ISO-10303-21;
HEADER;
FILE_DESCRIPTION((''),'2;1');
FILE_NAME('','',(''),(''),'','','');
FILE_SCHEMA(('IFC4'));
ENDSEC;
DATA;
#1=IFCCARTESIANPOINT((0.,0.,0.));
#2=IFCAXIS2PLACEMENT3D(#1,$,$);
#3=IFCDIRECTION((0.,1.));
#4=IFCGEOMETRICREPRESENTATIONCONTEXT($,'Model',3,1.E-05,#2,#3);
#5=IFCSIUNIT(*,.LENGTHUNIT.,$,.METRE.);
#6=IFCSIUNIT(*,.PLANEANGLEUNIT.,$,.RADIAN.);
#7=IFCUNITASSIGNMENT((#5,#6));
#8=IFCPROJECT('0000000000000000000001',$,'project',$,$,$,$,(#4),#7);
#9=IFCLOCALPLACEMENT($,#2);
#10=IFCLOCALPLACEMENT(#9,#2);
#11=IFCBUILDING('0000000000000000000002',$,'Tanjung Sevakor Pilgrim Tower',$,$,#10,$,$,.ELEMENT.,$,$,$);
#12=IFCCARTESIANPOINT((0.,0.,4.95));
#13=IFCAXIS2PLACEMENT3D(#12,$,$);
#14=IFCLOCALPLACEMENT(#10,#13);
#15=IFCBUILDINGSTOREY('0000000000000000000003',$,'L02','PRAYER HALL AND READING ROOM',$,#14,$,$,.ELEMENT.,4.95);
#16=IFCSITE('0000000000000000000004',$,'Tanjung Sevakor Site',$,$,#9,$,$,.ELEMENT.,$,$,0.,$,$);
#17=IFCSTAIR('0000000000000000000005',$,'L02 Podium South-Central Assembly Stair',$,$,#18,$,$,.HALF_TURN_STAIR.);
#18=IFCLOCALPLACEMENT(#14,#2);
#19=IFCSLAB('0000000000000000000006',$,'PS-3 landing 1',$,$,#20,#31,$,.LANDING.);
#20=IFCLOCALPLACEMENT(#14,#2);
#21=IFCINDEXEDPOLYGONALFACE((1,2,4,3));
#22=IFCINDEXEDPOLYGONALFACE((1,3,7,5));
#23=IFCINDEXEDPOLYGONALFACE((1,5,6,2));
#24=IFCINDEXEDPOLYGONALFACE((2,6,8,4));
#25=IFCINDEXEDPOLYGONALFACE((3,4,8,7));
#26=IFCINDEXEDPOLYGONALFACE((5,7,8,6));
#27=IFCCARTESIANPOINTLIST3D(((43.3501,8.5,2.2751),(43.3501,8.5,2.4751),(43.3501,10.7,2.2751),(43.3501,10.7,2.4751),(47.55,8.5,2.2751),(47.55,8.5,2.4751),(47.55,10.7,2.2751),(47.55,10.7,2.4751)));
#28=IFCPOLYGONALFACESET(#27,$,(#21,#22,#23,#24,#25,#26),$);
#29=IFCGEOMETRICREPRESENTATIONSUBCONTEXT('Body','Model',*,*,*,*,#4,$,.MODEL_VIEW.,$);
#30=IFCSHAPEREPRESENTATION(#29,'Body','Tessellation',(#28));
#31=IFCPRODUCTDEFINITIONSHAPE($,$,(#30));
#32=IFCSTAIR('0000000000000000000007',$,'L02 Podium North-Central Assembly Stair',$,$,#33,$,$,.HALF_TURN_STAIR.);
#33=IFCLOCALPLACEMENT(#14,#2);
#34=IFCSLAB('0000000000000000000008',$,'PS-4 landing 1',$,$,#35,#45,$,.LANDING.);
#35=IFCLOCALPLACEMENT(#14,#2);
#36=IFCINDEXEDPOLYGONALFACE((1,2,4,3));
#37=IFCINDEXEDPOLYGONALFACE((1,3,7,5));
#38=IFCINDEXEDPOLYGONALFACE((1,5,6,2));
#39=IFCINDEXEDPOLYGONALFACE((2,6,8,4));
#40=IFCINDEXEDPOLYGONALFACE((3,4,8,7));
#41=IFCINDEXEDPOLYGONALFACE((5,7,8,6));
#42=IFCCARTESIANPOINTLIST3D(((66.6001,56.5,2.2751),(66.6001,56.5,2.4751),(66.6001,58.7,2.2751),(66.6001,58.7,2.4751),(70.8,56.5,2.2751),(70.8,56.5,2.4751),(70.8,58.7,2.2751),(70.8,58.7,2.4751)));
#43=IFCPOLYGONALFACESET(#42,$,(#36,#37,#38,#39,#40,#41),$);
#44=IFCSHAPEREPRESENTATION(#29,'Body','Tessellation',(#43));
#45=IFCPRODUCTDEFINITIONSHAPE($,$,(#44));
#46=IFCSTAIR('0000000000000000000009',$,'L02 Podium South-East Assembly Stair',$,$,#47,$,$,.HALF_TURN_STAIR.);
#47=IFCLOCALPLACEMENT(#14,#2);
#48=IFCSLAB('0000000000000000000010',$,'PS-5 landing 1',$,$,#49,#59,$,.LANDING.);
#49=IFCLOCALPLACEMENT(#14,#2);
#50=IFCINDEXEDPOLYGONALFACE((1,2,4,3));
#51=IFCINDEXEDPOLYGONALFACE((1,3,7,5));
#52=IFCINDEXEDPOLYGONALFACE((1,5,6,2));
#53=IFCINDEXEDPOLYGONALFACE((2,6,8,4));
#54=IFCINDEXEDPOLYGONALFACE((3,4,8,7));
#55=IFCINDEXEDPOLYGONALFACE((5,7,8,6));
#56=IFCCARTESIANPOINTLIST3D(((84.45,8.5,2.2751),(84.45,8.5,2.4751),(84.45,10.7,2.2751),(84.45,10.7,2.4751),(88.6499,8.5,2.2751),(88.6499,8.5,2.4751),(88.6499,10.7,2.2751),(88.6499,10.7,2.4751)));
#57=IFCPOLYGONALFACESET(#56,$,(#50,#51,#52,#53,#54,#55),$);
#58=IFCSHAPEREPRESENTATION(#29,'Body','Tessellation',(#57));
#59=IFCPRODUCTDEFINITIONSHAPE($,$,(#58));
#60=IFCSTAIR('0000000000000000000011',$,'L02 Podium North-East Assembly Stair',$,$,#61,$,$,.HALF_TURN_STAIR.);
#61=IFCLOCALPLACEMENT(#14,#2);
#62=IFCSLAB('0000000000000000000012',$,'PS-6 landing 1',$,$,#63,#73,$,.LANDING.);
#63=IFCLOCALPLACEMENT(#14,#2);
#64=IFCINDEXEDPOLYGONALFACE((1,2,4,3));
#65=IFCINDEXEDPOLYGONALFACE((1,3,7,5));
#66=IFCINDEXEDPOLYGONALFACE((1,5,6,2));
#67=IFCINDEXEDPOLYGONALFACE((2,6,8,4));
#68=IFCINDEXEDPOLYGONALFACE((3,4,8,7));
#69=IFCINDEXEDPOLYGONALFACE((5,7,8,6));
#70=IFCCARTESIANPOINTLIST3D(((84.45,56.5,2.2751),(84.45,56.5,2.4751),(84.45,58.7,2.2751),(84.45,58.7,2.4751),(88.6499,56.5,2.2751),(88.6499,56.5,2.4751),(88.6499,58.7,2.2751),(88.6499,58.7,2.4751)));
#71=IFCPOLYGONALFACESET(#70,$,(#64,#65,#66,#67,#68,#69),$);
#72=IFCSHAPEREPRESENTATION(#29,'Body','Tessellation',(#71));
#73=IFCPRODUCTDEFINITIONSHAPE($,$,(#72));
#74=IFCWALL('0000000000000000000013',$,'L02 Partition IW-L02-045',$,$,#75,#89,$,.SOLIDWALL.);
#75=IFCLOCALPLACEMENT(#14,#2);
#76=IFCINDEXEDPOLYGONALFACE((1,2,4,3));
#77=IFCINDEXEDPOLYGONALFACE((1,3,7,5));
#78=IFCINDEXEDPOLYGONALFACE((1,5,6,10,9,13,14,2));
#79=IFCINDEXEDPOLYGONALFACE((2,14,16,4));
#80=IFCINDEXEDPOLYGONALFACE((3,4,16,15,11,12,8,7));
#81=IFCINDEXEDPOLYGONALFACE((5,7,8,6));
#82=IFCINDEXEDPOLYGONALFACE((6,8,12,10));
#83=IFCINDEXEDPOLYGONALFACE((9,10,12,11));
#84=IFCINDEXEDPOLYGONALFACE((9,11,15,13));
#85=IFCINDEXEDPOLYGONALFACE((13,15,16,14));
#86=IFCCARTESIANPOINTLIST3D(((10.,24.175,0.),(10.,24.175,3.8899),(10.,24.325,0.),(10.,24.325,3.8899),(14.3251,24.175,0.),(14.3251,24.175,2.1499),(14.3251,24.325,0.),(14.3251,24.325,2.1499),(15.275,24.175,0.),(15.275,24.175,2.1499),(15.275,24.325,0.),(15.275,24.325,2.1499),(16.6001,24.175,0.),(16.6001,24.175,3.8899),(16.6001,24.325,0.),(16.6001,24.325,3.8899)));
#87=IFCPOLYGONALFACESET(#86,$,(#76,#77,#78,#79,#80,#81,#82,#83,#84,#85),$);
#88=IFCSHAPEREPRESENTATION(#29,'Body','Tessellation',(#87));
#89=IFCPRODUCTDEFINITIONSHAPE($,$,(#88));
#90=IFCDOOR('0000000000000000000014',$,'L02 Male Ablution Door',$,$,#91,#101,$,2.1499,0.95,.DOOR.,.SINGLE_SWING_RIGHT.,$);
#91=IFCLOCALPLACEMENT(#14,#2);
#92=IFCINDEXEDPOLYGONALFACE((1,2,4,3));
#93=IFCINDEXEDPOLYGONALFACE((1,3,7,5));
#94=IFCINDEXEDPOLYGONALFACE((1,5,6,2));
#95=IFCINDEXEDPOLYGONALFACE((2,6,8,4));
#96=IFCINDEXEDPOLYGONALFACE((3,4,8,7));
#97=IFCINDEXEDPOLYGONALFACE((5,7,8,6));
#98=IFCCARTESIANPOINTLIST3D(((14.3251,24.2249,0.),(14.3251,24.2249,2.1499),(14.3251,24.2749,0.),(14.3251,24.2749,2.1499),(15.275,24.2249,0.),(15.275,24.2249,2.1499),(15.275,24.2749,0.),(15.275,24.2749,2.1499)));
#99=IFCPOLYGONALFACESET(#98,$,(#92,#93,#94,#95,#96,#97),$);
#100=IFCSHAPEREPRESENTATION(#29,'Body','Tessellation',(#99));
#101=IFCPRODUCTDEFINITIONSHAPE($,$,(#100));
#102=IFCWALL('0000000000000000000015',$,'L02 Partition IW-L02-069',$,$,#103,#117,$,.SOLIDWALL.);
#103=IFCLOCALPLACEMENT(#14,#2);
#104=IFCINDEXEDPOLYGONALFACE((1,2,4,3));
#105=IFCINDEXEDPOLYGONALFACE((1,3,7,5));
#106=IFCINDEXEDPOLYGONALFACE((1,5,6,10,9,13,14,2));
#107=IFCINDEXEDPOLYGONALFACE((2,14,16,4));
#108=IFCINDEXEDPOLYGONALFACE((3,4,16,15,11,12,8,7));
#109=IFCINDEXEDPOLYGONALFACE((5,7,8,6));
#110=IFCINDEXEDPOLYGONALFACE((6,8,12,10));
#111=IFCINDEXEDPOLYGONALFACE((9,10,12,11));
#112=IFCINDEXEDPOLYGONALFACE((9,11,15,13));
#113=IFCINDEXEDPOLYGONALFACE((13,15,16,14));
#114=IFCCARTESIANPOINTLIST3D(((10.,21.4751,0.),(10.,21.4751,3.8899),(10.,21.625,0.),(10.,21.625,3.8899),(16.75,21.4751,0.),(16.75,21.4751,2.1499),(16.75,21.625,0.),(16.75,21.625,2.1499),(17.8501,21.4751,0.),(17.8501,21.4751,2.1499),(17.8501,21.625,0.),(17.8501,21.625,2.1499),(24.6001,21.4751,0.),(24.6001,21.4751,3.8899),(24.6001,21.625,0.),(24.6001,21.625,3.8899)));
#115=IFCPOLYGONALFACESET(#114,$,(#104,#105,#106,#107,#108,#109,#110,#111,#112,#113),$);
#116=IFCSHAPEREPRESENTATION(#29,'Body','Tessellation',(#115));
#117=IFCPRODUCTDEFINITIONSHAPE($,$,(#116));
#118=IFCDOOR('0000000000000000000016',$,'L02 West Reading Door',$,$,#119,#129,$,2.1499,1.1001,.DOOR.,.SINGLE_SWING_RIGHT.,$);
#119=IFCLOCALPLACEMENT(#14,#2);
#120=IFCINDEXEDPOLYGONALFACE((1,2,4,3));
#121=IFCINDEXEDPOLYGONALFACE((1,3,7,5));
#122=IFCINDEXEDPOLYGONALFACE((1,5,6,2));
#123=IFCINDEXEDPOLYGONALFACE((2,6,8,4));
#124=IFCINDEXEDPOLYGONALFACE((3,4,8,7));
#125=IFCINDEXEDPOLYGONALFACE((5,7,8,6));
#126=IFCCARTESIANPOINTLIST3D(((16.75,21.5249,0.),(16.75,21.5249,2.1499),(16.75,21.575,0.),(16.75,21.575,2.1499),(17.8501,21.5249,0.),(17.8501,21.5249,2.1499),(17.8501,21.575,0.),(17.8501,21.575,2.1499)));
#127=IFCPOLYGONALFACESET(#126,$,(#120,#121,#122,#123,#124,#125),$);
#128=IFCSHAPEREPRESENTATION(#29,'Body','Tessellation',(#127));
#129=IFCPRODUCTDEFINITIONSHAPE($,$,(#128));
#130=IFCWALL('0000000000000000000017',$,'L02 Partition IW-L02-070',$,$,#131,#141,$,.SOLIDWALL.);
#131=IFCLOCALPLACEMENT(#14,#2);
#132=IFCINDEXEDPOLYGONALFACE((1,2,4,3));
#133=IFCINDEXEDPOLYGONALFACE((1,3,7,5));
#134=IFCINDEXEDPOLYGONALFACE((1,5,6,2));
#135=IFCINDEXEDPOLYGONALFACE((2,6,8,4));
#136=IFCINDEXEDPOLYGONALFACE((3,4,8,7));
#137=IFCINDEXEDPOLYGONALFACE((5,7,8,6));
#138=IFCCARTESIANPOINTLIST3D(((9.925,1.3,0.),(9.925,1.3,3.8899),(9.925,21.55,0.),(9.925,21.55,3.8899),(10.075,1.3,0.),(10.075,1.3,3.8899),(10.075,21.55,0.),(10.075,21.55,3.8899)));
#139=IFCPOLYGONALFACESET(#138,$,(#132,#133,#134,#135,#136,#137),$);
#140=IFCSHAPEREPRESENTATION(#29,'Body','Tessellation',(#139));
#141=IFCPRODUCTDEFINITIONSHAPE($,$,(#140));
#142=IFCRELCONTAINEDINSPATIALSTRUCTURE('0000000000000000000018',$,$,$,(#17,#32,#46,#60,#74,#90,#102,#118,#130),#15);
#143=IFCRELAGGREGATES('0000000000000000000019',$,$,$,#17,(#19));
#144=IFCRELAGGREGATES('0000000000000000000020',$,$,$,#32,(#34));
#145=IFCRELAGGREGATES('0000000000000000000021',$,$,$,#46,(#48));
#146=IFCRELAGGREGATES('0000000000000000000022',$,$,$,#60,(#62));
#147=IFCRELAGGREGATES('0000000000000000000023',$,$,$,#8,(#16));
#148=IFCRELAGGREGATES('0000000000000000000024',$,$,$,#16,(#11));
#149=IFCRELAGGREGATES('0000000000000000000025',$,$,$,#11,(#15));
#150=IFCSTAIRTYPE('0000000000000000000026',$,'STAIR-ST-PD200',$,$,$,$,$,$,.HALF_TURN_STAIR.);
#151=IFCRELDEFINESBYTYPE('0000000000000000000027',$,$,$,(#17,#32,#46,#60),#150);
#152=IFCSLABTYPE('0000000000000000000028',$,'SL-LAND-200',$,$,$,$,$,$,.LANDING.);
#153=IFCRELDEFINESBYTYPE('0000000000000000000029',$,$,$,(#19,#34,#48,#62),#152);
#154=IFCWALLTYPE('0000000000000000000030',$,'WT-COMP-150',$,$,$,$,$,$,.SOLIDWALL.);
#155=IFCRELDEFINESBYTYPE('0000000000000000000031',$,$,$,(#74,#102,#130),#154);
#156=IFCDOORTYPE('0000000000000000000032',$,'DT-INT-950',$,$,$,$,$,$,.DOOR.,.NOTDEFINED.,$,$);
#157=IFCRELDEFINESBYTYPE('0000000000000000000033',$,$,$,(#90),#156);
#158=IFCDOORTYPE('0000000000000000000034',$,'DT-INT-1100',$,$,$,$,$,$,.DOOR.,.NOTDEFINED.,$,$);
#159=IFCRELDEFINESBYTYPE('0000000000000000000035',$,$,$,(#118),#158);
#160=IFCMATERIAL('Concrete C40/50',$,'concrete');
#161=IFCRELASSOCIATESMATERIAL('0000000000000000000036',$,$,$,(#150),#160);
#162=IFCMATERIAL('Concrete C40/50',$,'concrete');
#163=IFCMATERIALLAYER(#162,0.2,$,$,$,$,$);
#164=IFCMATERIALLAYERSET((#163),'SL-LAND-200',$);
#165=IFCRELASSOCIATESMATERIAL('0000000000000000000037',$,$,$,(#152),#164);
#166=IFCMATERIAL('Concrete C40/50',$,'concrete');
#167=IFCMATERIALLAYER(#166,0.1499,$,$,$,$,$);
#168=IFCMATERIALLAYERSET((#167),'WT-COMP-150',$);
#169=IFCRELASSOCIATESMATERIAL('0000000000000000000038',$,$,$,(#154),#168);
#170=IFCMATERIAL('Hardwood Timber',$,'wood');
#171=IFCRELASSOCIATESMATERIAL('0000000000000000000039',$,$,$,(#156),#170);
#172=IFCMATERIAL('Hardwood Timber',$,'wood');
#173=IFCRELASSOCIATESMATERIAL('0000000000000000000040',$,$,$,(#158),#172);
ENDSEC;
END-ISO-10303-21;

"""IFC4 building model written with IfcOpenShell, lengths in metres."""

from ifc_helpers import new_model, si_unit, direction, frame, frame_2d, origin, place, context, subcontext, project, spatial, polyline, rectangle, outline, extrude, material, layer, layer_set, type_object, element, fill, aggregate, save


model = new_model("IFC4")

# Units and contexts
model_context = context("Model", 3, precision=1e-05, world=origin(), true_north=direction((0.0, 1.0)))
body_context = subcontext(model_context, "Body", "Model", "MODEL_VIEW")
ifc_project = project(units=[si_unit("LENGTHUNIT", "METRE"), si_unit("PLANEANGLEUNIT", "RADIAN")], contexts=[model_context])

# Site, building, storey
site_placement = place(None, origin())
site = spatial("IfcSite", under=ifc_project, at=site_placement, Name="Tanjung Sevakor Site", CompositionType="ELEMENT", RefElevation=0.0)
building_placement = place(site_placement, origin())
building = spatial("IfcBuilding", under=site, at=building_placement, Name="Tanjung Sevakor Pilgrim Tower", CompositionType="ELEMENT")
storey_placement = place(building_placement, frame((0.0, 0.0, 4.95)))
storey = spatial("IfcBuildingStorey", under=building, at=storey_placement, Name="L02", Description="PRAYER HALL AND READING ROOM", CompositionType="ELEMENT", Elevation=4.95)

# Stairs, slabs
ifc_material_1 = material(Name="Concrete C40/50", Category="concrete")
stair_type = type_object("IfcStairType", Name="STAIR-ST-PD200", PredefinedType="HALF_TURN_STAIR", material=ifc_material_1)
stair_1_placement = place(storey_placement, origin())
stair_1 = element("IfcStair", 1, at=stair_1_placement, inside=storey, type_object=stair_type, Name="L02 Podium South-Central Assembly Stair", PredefinedType="HALF_TURN_STAIR")
ifc_material_2 = material(Name="Concrete C40/50", Category="concrete")
ifc_layer_1 = layer(ifc_material_2, 0.2)
ifc_layer_set_1 = layer_set([ifc_layer_1], Name="SL-LAND-200")
slab_type = type_object("IfcSlabType", Name="SL-LAND-200", PredefinedType="LANDING", material=ifc_layer_set_1)
slab_1_placement = place(storey_placement, frame((0.0, 0.0, 2.2751)))
slab_1 = element("IfcSlab", 2, at=slab_1_placement, type_object=slab_type, Name="PS-3 landing 1", PredefinedType="LANDING", context=body_context, shape_type="SweptSolid", body=[
    extrude(outline(polyline([(43.3501, 10.7), (43.3501, 8.5), (47.55, 8.5), (47.55, 10.7), (43.3501, 10.7)])), origin(), (0.0, 0.0, 1.0), 0.2),
])
aggregate(stair_1, [slab_1])
stair_2_placement = place(storey_placement, origin())
stair_2 = element("IfcStair", 3, at=stair_2_placement, inside=storey, type_object=stair_type, Name="L02 Podium North-Central Assembly Stair", PredefinedType="HALF_TURN_STAIR")
slab_2_placement = place(storey_placement, frame((0.0, 0.0, 2.2751)))
slab_2 = element("IfcSlab", 4, at=slab_2_placement, type_object=slab_type, Name="PS-4 landing 1", PredefinedType="LANDING", context=body_context, shape_type="SweptSolid", body=[
    extrude(outline(polyline([(70.8, 56.5), (70.8, 58.7), (66.6001, 58.7), (66.6001, 56.5), (70.8, 56.5)])), origin(), (0.0, 0.0, 1.0), 0.2),
])
aggregate(stair_2, [slab_2])
stair_3_placement = place(storey_placement, origin())
stair_3 = element("IfcStair", 5, at=stair_3_placement, inside=storey, type_object=stair_type, Name="L02 Podium South-East Assembly Stair", PredefinedType="HALF_TURN_STAIR")
slab_3_placement = place(storey_placement, frame((0.0, 0.0, 2.2751)))
slab_3 = element("IfcSlab", 6, at=slab_3_placement, type_object=slab_type, Name="PS-5 landing 1", PredefinedType="LANDING", context=body_context, shape_type="SweptSolid", body=[
    extrude(outline(polyline([(84.45, 10.7), (84.45, 8.5), (88.6499, 8.5), (88.6499, 10.7), (84.45, 10.7)])), origin(), (0.0, 0.0, 1.0), 0.2),
])
aggregate(stair_3, [slab_3])
stair_4_placement = place(storey_placement, origin())
stair_4 = element("IfcStair", 7, at=stair_4_placement, inside=storey, type_object=stair_type, Name="L02 Podium North-East Assembly Stair", PredefinedType="HALF_TURN_STAIR")
slab_4_placement = place(storey_placement, frame((0.0, 0.0, 2.2751)))
slab_4 = element("IfcSlab", 8, at=slab_4_placement, type_object=slab_type, Name="PS-6 landing 1", PredefinedType="LANDING", context=body_context, shape_type="SweptSolid", body=[
    extrude(outline(polyline([(88.6499, 56.5), (88.6499, 58.7), (84.45, 58.7), (84.45, 56.5), (88.6499, 56.5)])), origin(), (0.0, 0.0, 1.0), 0.2),
])
aggregate(stair_4, [slab_4])

# Walls, openings, doors
ifc_material_3 = material(Name="Concrete C40/50", Category="concrete")
ifc_layer_2 = layer(ifc_material_3, 0.1499)
ifc_layer_set_2 = layer_set([ifc_layer_2], Name="WT-COMP-150")
wall_type_1 = type_object("IfcWallType", Name="WT-COMP-150", PredefinedType="SOLIDWALL", material=ifc_layer_set_2)
wall_1_placement = place(storey_placement, frame((10.0, 24.25, 0.0), z_axis=(0.0, 0.0, 1.0), x_axis=(1.0, 0.0, 0.0)))
wall_1 = element("IfcWall", 9, at=wall_1_placement, inside=storey, type_object=wall_type_1, Name="L02 Partition IW-L02-045", PredefinedType="SOLIDWALL", context=body_context, shape_type="SweptSolid", body=[
    extrude(rectangle(XDim=6.6001, YDim=0.1499, at=frame_2d((3.3, 0.0))), origin(), (0.0, 0.0, 1.0), 3.8899),
])
opening_1_placement = place(wall_1_placement, frame((4.325, 0.0, 0.0)))
opening_1 = element("IfcOpeningElement", 10, at=opening_1_placement, cuts=wall_1, PredefinedType="OPENING", context=body_context, shape_type="SweptSolid", body=[
    extrude(rectangle(XDim=0.95, YDim=2.1499, at=frame_2d((0.4751, 1.075))), frame((0.0, 0.085, 0.0), z_axis=(0.0, -1.0, 0.0), x_axis=(1.0, 0.0, 0.0)), (0.0, 0.0, 1.0), 0.1699),
])
ifc_material_4 = material(Name="Hardwood Timber", Category="wood")
door_type_1 = type_object("IfcDoorType", Name="DT-INT-950", OperationType="NOTDEFINED", PredefinedType="DOOR", material=ifc_material_4)
door_1_placement = place(opening_1_placement, origin())
door_1 = element("IfcDoor", 11, at=door_1_placement, inside=storey, type_object=door_type_1, Name="L02 Male Ablution Door", OperationType="SINGLE_SWING_RIGHT", OverallHeight=2.1499, OverallWidth=0.95, PredefinedType="DOOR", context=body_context, shape_type="SweptSolid", body=[
    extrude(rectangle(XDim=0.95, YDim=2.1499, at=frame_2d((0.4751, 1.075))), frame((0.0, 0.0249, 0.0), z_axis=(0.0, -1.0, 0.0), x_axis=(1.0, 0.0, 0.0)), (0.0, 0.0, 1.0), 0.05),
])
fill(opening_1, door_1)
wall_2_placement = place(storey_placement, frame((10.0, 21.55, 0.0), z_axis=(0.0, 0.0, 1.0), x_axis=(1.0, 0.0, 0.0)))
wall_2 = element("IfcWall", 12, at=wall_2_placement, inside=storey, type_object=wall_type_1, Name="L02 Partition IW-L02-069", PredefinedType="SOLIDWALL", context=body_context, shape_type="SweptSolid", body=[
    extrude(rectangle(XDim=14.6001, YDim=0.1499, at=frame_2d((7.3, 0.0))), origin(), (0.0, 0.0, 1.0), 3.8899),
])
opening_2_placement = place(wall_2_placement, frame((6.75, 0.0, 0.0)))
opening_2 = element("IfcOpeningElement", 13, at=opening_2_placement, cuts=wall_2, PredefinedType="OPENING", context=body_context, shape_type="SweptSolid", body=[
    extrude(rectangle(XDim=1.1001, YDim=2.1499, at=frame_2d((0.55, 1.075))), frame((0.0, 0.085, 0.0), z_axis=(0.0, -1.0, 0.0), x_axis=(1.0, 0.0, 0.0)), (0.0, 0.0, 1.0), 0.1699),
])
ifc_material_5 = material(Name="Hardwood Timber", Category="wood")
door_type_2 = type_object("IfcDoorType", Name="DT-INT-1100", OperationType="NOTDEFINED", PredefinedType="DOOR", material=ifc_material_5)
door_2_placement = place(opening_2_placement, origin())
door_2 = element("IfcDoor", 14, at=door_2_placement, inside=storey, type_object=door_type_2, Name="L02 West Reading Door", OperationType="SINGLE_SWING_RIGHT", OverallHeight=2.1499, OverallWidth=1.1001, PredefinedType="DOOR", context=body_context, shape_type="SweptSolid", body=[
    extrude(rectangle(XDim=1.1001, YDim=2.1499, at=frame_2d((0.55, 1.075))), frame((0.0, 0.0249, 0.0), z_axis=(0.0, -1.0, 0.0), x_axis=(1.0, 0.0, 0.0)), (0.0, 0.0, 1.0), 0.05),
])
fill(opening_2, door_2)

# Wall
wall_3_placement = place(storey_placement, frame((10.0, 1.3, 0.0), z_axis=(0.0, 0.0, 1.0), x_axis=(0.0, 1.0, 0.0)))
element("IfcWall", 15, at=wall_3_placement, inside=storey, type_object=wall_type_1, Name="L02 Partition IW-L02-070", PredefinedType="SOLIDWALL", context=body_context, shape_type="SweptSolid", body=[
    extrude(rectangle(XDim=20.25, YDim=0.1499, at=frame_2d((10.125, 0.0))), origin(), (0.0, 0.0, 1.0), 3.8899),
])

save(model, "model.ifc")
